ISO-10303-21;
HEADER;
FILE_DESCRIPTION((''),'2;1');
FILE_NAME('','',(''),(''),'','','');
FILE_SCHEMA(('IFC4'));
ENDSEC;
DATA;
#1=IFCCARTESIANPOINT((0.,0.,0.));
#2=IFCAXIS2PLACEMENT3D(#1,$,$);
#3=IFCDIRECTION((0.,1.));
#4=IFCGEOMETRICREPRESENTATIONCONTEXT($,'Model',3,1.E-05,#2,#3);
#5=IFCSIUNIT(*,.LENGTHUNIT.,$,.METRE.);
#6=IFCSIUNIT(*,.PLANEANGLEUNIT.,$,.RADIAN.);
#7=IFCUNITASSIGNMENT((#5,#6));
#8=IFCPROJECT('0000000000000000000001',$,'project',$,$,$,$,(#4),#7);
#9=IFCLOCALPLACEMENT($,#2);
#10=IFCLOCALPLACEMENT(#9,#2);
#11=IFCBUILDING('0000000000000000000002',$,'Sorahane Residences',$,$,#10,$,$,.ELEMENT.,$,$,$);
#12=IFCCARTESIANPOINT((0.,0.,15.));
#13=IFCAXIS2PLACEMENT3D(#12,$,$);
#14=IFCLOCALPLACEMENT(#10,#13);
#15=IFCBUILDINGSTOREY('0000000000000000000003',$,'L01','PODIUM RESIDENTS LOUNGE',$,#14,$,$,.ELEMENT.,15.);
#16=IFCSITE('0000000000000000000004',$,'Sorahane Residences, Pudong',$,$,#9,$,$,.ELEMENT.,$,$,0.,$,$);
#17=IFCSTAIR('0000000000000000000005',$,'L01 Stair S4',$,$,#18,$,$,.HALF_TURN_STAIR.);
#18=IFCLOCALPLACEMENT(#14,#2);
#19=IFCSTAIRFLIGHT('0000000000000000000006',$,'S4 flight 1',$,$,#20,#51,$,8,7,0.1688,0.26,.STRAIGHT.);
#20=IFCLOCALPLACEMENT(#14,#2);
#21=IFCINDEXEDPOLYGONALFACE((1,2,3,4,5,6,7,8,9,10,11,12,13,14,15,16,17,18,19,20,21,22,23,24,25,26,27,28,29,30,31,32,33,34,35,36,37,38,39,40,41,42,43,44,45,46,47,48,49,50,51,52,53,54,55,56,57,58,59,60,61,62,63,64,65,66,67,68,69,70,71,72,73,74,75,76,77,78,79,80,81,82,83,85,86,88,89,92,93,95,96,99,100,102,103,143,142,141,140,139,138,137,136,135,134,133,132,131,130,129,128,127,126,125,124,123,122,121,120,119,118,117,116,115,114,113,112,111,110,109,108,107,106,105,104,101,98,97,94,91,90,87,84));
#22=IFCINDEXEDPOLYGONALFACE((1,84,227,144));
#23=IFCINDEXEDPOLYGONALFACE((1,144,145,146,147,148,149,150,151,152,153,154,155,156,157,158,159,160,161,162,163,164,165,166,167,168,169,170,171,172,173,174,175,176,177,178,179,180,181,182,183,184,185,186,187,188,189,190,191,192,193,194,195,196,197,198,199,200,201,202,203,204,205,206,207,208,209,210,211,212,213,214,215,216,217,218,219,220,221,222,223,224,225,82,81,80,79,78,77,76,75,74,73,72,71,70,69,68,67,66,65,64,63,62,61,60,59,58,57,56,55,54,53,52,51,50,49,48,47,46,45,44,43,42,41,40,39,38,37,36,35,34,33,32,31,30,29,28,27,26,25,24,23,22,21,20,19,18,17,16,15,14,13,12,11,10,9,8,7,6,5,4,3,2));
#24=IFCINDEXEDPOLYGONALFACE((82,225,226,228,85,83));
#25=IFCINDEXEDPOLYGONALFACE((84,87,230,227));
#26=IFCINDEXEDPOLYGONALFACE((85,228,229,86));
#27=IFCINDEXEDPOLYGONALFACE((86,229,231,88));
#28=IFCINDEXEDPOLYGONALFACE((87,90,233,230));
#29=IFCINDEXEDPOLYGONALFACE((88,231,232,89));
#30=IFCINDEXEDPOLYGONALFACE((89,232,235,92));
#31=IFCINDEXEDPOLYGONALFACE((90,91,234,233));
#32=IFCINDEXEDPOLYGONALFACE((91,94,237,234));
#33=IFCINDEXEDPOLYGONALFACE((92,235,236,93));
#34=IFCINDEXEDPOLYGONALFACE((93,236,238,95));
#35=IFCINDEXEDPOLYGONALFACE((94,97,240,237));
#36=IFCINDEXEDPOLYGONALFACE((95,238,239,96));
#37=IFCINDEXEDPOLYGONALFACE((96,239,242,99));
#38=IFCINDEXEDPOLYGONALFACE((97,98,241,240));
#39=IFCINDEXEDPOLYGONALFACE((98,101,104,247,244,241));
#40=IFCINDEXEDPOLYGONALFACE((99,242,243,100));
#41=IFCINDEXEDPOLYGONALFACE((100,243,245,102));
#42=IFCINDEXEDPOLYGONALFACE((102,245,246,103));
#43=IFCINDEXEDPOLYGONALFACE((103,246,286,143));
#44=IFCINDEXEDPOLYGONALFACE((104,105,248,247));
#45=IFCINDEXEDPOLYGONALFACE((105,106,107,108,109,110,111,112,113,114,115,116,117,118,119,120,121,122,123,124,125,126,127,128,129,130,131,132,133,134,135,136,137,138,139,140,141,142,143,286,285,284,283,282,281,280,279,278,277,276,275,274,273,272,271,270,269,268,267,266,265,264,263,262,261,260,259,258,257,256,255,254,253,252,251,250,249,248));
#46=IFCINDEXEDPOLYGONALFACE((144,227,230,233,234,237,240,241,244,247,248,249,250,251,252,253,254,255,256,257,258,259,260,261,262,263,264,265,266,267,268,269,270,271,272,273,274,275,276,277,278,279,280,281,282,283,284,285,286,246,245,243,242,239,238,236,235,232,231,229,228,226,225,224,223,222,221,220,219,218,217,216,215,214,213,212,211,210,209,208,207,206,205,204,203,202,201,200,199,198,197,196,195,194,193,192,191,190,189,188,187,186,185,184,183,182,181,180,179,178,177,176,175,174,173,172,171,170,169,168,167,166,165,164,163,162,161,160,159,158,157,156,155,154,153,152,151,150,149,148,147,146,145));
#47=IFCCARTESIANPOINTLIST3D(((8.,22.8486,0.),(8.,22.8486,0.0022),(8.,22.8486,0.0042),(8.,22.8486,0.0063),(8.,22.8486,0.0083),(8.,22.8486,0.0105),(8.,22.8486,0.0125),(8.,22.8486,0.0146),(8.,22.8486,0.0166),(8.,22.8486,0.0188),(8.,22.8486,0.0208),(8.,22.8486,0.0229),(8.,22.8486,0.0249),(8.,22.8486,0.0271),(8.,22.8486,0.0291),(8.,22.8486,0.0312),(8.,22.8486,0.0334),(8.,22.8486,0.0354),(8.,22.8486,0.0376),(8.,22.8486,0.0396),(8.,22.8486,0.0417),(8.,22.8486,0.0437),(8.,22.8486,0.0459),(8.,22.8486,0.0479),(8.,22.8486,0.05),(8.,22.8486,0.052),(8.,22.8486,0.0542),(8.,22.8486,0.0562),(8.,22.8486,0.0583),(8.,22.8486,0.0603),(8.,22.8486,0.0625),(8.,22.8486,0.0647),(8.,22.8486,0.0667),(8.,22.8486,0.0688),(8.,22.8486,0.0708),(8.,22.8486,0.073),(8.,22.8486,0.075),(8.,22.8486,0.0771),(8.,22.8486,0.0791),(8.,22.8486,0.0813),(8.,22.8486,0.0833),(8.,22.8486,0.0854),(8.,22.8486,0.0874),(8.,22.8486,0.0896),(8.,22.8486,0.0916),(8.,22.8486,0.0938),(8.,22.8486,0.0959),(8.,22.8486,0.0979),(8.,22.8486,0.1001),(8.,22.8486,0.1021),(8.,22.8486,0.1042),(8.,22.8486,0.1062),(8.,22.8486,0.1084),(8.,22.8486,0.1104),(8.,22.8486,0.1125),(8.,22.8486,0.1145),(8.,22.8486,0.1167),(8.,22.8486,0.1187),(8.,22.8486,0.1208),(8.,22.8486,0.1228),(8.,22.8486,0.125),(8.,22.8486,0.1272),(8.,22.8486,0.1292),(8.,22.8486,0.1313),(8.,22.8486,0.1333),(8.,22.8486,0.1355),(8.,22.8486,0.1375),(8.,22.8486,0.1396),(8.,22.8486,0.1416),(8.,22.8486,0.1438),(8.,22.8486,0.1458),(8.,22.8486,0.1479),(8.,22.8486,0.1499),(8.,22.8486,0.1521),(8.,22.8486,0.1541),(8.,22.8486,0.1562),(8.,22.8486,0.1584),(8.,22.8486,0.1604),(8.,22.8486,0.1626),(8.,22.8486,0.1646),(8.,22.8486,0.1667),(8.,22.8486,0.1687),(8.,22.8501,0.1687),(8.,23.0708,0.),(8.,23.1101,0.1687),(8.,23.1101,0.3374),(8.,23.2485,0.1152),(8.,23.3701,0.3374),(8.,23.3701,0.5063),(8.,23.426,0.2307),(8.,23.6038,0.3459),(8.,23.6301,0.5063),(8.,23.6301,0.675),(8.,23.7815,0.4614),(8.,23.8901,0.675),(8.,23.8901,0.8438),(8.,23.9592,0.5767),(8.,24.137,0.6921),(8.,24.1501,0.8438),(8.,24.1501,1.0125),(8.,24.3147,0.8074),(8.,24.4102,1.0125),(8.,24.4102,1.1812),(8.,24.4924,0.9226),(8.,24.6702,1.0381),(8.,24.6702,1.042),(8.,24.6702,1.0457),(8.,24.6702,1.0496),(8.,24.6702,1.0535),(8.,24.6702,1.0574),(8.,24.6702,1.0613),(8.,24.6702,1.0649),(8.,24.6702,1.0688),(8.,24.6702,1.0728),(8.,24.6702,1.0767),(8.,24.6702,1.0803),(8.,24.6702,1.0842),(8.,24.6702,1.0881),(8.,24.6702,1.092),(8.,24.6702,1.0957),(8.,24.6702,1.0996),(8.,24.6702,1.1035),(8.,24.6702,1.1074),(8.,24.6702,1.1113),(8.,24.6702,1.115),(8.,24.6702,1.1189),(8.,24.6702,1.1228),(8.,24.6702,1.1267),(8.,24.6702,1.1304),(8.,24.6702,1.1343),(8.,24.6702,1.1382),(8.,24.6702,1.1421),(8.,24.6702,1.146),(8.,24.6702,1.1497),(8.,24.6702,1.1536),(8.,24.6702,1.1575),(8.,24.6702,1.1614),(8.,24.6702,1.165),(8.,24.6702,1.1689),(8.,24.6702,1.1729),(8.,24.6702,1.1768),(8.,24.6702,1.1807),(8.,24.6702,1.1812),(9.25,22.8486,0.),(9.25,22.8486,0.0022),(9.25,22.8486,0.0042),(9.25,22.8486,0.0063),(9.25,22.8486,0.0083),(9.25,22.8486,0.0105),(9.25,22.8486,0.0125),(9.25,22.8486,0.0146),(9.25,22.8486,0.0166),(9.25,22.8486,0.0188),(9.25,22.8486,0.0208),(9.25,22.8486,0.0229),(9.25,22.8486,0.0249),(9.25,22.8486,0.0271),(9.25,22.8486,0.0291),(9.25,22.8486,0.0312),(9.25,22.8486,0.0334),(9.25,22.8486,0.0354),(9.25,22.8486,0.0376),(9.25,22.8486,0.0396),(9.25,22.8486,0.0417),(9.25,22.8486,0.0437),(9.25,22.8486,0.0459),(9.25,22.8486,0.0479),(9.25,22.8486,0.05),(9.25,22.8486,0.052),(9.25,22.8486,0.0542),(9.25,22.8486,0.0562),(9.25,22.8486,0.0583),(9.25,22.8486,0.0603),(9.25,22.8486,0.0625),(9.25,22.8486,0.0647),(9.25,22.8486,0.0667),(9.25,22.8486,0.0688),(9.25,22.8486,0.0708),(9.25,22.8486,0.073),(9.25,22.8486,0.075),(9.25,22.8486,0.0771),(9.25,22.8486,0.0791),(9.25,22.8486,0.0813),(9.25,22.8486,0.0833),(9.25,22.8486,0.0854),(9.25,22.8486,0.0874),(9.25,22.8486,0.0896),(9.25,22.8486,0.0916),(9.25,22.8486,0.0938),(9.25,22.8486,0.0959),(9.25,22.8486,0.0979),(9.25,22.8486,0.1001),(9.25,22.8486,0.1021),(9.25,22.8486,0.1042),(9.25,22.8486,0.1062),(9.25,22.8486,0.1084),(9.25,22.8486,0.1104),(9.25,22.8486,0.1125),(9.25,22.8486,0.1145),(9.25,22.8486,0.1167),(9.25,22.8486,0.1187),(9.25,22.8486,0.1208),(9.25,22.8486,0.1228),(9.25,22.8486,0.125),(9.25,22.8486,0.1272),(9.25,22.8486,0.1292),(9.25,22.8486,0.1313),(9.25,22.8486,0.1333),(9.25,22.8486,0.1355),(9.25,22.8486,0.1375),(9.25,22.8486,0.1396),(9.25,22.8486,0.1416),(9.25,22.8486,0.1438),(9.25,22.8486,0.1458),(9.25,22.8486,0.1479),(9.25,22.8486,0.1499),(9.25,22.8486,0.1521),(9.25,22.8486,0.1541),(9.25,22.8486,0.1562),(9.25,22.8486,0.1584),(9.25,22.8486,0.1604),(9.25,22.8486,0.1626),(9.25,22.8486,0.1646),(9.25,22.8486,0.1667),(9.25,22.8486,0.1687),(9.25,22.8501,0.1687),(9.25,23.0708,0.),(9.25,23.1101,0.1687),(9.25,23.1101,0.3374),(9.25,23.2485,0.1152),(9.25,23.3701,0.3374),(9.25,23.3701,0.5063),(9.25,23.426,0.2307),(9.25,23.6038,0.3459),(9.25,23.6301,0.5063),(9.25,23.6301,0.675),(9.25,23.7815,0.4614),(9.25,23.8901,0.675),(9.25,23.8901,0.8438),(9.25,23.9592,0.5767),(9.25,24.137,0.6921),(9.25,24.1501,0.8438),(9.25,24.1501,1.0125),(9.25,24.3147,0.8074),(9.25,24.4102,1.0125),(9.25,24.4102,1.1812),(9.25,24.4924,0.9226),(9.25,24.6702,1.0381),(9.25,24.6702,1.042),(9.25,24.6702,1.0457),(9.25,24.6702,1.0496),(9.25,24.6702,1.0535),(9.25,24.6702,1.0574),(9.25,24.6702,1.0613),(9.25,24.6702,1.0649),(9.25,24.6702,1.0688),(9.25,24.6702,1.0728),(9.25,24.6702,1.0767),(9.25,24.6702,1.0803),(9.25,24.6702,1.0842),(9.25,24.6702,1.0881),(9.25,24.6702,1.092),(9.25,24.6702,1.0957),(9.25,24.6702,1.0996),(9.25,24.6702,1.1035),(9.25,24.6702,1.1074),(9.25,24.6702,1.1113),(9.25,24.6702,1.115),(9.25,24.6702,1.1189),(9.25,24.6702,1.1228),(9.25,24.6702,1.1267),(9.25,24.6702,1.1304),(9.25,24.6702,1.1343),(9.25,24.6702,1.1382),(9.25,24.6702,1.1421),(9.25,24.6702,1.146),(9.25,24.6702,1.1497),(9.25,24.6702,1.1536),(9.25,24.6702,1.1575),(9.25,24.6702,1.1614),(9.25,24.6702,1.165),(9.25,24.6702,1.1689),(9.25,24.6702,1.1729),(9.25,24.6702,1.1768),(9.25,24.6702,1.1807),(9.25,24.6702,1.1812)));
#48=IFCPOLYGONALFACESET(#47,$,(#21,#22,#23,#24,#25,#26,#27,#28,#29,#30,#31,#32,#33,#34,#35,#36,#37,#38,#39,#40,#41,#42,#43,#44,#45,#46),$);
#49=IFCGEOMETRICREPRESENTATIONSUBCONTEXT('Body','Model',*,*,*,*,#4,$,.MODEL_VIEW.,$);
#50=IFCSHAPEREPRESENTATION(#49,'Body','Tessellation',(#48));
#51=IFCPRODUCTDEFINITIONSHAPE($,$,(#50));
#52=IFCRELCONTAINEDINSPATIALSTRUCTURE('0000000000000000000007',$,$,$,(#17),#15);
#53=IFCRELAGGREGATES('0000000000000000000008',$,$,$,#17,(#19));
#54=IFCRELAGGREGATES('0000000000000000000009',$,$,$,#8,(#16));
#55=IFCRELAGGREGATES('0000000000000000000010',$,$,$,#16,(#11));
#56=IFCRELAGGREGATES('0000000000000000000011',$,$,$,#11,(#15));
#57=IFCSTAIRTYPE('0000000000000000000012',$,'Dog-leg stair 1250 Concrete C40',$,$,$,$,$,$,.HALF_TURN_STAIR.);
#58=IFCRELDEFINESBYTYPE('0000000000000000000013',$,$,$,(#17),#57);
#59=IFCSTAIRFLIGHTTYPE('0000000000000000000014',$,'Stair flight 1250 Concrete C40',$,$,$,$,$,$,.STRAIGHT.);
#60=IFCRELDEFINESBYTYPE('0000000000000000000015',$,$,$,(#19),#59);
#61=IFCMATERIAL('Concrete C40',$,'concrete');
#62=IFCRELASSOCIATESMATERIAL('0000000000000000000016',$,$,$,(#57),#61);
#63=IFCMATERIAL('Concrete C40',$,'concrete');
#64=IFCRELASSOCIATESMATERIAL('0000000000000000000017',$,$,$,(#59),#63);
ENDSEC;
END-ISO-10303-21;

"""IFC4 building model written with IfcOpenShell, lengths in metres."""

from ifc_helpers import new_model, si_unit, direction, frame, origin, place, context, subcontext, project, spatial, polyline, outline, extrude, material, type_object, element, aggregate, save


model = new_model("IFC4")

# Units and contexts
model_context = context("Model", 3, precision=1e-05, world=origin(), true_north=direction((0.0, 1.0)))
body_context = subcontext(model_context, "Body", "Model", "MODEL_VIEW")
ifc_project = project(units=[si_unit("LENGTHUNIT", "METRE"), si_unit("PLANEANGLEUNIT", "RADIAN")], contexts=[model_context])

# Site, building, storey
site_placement = place(None, origin())
site = spatial("IfcSite", under=ifc_project, at=site_placement, Name="Sorahane Residences, Pudong", CompositionType="ELEMENT", RefElevation=0.0)
building_placement = place(site_placement, origin())
building = spatial("IfcBuilding", under=site, at=building_placement, Name="Sorahane Residences", CompositionType="ELEMENT")
storey_placement = place(building_placement, frame((0.0, 0.0, 15.0)))
storey = spatial("IfcBuildingStorey", under=building, at=storey_placement, Name="L01", Description="PODIUM RESIDENTS LOUNGE", CompositionType="ELEMENT", Elevation=15.0)

# Stair, stair flight
ifc_material_1 = material(Name="Concrete C40", Category="concrete")
stair_type = type_object("IfcStairType", Name="Dog-leg stair 1250 Concrete C40", PredefinedType="HALF_TURN_STAIR", material=ifc_material_1)
stair_placement = place(storey_placement, origin())
stair = element("IfcStair", 1, at=stair_placement, inside=storey, type_object=stair_type, Name="L01 Stair S4", PredefinedType="HALF_TURN_STAIR")
ifc_material_2 = material(Name="Concrete C40", Category="concrete")
stair_flight_type = type_object("IfcStairFlightType", Name="Stair flight 1250 Concrete C40", PredefinedType="STRAIGHT", material=ifc_material_2)
stair_flight_1_placement = place(storey_placement, frame((8.625, 22.8501, 0.0), z_axis=(0.0, 0.0, 1.0), x_axis=(0.0, 1.0, 0.0)))
stair_flight_1 = element("IfcStairFlight", 2, at=stair_flight_1_placement, type_object=stair_flight_type, Name="S4 flight 1", NumberOfRisers=8, NumberOfTreads=7, PredefinedType="STRAIGHT", RiserHeight=0.1688, TreadLength=0.26, context=body_context, shape_type="SweptSolid", body=[
    extrude(outline(polyline([(-0.0015, 0.0), (-0.0015, 0.0022), (-0.0015, 0.0042), (-0.0015, 0.0063), (-0.0015, 0.0083), (-0.0015, 0.0105), (-0.0015, 0.0125), (-0.0015, 0.0146), (-0.0015, 0.0166), (-0.0015, 0.0188), (-0.0015, 0.0208), (-0.0015, 0.0229), (-0.0015, 0.0249), (-0.0015, 0.0271), (-0.0015, 0.0291), (-0.0015, 0.0312), (-0.0015, 0.0334), (-0.0015, 0.0354), (-0.0015, 0.0376), (-0.0015, 0.0396), (-0.0015, 0.0417), (-0.0015, 0.0437), (-0.0015, 0.0459), (-0.0015, 0.0479), (-0.0015, 0.05), (-0.0015, 0.052), (-0.0015, 0.0542), (-0.0015, 0.0562), (-0.0015, 0.0583), (-0.0015, 0.0603), (-0.0015, 0.0625), (-0.0015, 0.0647), (-0.0015, 0.0667), (-0.0015, 0.0688), (-0.0015, 0.0708), (-0.0015, 0.073), (-0.0015, 0.075), (-0.0015, 0.0771), (-0.0015, 0.0791), (-0.0015, 0.0813), (-0.0015, 0.0833), (-0.0015, 0.0854), (-0.0015, 0.0874), (-0.0015, 0.0896), (-0.0015, 0.0916), (-0.0015, 0.0938), (-0.0015, 0.0959), (-0.0015, 0.0979), (-0.0015, 0.1001), (-0.0015, 0.1021), (-0.0015, 0.1042), (-0.0015, 0.1062), (-0.0015, 0.1084), (-0.0015, 0.1104), (-0.0015, 0.1125), (-0.0015, 0.1145), (-0.0015, 0.1167), (-0.0015, 0.1187), (-0.0015, 0.1208), (-0.0015, 0.1228), (-0.0015, 0.125), (-0.0015, 0.1272), (-0.0015, 0.1292), (-0.0015, 0.1313), (-0.0015, 0.1333), (-0.0015, 0.1355), (-0.0015, 0.1375), (-0.0015, 0.1396), (-0.0015, 0.1416), (-0.0015, 0.1438), (-0.0015, 0.1458), (-0.0015, 0.1479), (-0.0015, 0.1499), (-0.0015, 0.1521), (-0.0015, 0.1541), (-0.0015, 0.1562), (-0.0015, 0.1584), (-0.0015, 0.1604), (-0.0015, 0.1626), (-0.0015, 0.1646), (-0.0015, 0.1667), (-0.0015, 0.1687), (0.0, 0.1687), (0.26, 0.1687), (0.26, 0.3374), (0.52, 0.3374), (0.52, 0.5063), (0.78, 0.5063), (0.78, 0.675), (1.04, 0.675), (1.04, 0.8438), (1.3, 0.8438), (1.3, 1.0125), (1.5601, 1.0125), (1.5601, 1.1812), (1.8201, 1.1812), (1.8201, 1.3501), (1.8201, 1.3462), (1.8201, 1.3423), (1.8201, 1.3384), (1.8201, 1.3347), (1.8201, 1.3308), (1.8201, 1.3269), (1.8201, 1.323), (1.8201, 1.3191), (1.8201, 1.3154), (1.8201, 1.3115), (1.8201, 1.3076), (1.8201, 1.3037), (1.8201, 1.3), (1.8201, 1.2961), (1.8201, 1.2922), (1.8201, 1.2883), (1.8201, 1.2844), (1.8201, 1.2808), (1.8201, 1.2769), (1.8201, 1.2729), (1.8201, 1.269), (1.8201, 1.2654), (1.8201, 1.2615), (1.8201, 1.2576), (1.8201, 1.2537), (1.8201, 1.2498), (1.8201, 1.2461), (1.8201, 1.2422), (1.8201, 1.2383), (1.8201, 1.2344), (1.8201, 1.2307), (1.8201, 1.2268), (1.8201, 1.2229), (1.8201, 1.219), (1.8201, 1.2151), (1.8201, 1.2114), (1.8201, 1.2075), (1.8201, 1.2036), (1.8201, 1.1997), (1.8201, 1.196), (1.8201, 1.1921), (1.8201, 1.1882), (1.8201, 1.1843), (1.8201, 1.1807), (1.8201, 1.1768), (1.8201, 1.1729), (1.8201, 1.1689), (1.8201, 1.165), (1.8201, 1.1614), (1.8201, 1.1575), (1.8201, 1.1536), (1.8201, 1.1497), (1.8201, 1.146), (1.8201, 1.1421), (1.8201, 1.1382), (1.8201, 1.1343), (1.8201, 1.1304), (1.8201, 1.1267), (1.8201, 1.1228), (1.8201, 1.1189), (1.8201, 1.115), (1.8201, 1.1113), (1.8201, 1.1074), (1.8201, 1.1035), (1.8201, 1.0996), (1.8201, 1.0957), (1.8201, 1.092), (1.8201, 1.0881), (1.8201, 1.0842), (1.8201, 1.0803), (1.8201, 1.0767), (1.8201, 1.0728), (1.8201, 1.0688), (1.8201, 1.0649), (1.8201, 1.0613), (1.8201, 1.0574), (1.8201, 1.0535), (1.8201, 1.0496), (1.8201, 1.0457), (1.8201, 1.042), (1.8201, 1.0381), (1.6423, 0.9226), (1.4646, 0.8074), (1.2869, 0.6921), (1.1091, 0.5767), (0.9314, 0.4614), (0.7537, 0.3459), (0.5759, 0.2307), (0.3984, 0.1152), (0.2207, 0.0), (-0.0015, 0.0)])), frame((0.0, 0.625, 0.0), z_axis=(0.0, -1.0, 0.0), x_axis=(1.0, 0.0, 0.0)), (0.0, 0.0, 1.0), 1.25),
])
aggregate(stair, [stair_flight_1])

save(model, "model.ifc")
